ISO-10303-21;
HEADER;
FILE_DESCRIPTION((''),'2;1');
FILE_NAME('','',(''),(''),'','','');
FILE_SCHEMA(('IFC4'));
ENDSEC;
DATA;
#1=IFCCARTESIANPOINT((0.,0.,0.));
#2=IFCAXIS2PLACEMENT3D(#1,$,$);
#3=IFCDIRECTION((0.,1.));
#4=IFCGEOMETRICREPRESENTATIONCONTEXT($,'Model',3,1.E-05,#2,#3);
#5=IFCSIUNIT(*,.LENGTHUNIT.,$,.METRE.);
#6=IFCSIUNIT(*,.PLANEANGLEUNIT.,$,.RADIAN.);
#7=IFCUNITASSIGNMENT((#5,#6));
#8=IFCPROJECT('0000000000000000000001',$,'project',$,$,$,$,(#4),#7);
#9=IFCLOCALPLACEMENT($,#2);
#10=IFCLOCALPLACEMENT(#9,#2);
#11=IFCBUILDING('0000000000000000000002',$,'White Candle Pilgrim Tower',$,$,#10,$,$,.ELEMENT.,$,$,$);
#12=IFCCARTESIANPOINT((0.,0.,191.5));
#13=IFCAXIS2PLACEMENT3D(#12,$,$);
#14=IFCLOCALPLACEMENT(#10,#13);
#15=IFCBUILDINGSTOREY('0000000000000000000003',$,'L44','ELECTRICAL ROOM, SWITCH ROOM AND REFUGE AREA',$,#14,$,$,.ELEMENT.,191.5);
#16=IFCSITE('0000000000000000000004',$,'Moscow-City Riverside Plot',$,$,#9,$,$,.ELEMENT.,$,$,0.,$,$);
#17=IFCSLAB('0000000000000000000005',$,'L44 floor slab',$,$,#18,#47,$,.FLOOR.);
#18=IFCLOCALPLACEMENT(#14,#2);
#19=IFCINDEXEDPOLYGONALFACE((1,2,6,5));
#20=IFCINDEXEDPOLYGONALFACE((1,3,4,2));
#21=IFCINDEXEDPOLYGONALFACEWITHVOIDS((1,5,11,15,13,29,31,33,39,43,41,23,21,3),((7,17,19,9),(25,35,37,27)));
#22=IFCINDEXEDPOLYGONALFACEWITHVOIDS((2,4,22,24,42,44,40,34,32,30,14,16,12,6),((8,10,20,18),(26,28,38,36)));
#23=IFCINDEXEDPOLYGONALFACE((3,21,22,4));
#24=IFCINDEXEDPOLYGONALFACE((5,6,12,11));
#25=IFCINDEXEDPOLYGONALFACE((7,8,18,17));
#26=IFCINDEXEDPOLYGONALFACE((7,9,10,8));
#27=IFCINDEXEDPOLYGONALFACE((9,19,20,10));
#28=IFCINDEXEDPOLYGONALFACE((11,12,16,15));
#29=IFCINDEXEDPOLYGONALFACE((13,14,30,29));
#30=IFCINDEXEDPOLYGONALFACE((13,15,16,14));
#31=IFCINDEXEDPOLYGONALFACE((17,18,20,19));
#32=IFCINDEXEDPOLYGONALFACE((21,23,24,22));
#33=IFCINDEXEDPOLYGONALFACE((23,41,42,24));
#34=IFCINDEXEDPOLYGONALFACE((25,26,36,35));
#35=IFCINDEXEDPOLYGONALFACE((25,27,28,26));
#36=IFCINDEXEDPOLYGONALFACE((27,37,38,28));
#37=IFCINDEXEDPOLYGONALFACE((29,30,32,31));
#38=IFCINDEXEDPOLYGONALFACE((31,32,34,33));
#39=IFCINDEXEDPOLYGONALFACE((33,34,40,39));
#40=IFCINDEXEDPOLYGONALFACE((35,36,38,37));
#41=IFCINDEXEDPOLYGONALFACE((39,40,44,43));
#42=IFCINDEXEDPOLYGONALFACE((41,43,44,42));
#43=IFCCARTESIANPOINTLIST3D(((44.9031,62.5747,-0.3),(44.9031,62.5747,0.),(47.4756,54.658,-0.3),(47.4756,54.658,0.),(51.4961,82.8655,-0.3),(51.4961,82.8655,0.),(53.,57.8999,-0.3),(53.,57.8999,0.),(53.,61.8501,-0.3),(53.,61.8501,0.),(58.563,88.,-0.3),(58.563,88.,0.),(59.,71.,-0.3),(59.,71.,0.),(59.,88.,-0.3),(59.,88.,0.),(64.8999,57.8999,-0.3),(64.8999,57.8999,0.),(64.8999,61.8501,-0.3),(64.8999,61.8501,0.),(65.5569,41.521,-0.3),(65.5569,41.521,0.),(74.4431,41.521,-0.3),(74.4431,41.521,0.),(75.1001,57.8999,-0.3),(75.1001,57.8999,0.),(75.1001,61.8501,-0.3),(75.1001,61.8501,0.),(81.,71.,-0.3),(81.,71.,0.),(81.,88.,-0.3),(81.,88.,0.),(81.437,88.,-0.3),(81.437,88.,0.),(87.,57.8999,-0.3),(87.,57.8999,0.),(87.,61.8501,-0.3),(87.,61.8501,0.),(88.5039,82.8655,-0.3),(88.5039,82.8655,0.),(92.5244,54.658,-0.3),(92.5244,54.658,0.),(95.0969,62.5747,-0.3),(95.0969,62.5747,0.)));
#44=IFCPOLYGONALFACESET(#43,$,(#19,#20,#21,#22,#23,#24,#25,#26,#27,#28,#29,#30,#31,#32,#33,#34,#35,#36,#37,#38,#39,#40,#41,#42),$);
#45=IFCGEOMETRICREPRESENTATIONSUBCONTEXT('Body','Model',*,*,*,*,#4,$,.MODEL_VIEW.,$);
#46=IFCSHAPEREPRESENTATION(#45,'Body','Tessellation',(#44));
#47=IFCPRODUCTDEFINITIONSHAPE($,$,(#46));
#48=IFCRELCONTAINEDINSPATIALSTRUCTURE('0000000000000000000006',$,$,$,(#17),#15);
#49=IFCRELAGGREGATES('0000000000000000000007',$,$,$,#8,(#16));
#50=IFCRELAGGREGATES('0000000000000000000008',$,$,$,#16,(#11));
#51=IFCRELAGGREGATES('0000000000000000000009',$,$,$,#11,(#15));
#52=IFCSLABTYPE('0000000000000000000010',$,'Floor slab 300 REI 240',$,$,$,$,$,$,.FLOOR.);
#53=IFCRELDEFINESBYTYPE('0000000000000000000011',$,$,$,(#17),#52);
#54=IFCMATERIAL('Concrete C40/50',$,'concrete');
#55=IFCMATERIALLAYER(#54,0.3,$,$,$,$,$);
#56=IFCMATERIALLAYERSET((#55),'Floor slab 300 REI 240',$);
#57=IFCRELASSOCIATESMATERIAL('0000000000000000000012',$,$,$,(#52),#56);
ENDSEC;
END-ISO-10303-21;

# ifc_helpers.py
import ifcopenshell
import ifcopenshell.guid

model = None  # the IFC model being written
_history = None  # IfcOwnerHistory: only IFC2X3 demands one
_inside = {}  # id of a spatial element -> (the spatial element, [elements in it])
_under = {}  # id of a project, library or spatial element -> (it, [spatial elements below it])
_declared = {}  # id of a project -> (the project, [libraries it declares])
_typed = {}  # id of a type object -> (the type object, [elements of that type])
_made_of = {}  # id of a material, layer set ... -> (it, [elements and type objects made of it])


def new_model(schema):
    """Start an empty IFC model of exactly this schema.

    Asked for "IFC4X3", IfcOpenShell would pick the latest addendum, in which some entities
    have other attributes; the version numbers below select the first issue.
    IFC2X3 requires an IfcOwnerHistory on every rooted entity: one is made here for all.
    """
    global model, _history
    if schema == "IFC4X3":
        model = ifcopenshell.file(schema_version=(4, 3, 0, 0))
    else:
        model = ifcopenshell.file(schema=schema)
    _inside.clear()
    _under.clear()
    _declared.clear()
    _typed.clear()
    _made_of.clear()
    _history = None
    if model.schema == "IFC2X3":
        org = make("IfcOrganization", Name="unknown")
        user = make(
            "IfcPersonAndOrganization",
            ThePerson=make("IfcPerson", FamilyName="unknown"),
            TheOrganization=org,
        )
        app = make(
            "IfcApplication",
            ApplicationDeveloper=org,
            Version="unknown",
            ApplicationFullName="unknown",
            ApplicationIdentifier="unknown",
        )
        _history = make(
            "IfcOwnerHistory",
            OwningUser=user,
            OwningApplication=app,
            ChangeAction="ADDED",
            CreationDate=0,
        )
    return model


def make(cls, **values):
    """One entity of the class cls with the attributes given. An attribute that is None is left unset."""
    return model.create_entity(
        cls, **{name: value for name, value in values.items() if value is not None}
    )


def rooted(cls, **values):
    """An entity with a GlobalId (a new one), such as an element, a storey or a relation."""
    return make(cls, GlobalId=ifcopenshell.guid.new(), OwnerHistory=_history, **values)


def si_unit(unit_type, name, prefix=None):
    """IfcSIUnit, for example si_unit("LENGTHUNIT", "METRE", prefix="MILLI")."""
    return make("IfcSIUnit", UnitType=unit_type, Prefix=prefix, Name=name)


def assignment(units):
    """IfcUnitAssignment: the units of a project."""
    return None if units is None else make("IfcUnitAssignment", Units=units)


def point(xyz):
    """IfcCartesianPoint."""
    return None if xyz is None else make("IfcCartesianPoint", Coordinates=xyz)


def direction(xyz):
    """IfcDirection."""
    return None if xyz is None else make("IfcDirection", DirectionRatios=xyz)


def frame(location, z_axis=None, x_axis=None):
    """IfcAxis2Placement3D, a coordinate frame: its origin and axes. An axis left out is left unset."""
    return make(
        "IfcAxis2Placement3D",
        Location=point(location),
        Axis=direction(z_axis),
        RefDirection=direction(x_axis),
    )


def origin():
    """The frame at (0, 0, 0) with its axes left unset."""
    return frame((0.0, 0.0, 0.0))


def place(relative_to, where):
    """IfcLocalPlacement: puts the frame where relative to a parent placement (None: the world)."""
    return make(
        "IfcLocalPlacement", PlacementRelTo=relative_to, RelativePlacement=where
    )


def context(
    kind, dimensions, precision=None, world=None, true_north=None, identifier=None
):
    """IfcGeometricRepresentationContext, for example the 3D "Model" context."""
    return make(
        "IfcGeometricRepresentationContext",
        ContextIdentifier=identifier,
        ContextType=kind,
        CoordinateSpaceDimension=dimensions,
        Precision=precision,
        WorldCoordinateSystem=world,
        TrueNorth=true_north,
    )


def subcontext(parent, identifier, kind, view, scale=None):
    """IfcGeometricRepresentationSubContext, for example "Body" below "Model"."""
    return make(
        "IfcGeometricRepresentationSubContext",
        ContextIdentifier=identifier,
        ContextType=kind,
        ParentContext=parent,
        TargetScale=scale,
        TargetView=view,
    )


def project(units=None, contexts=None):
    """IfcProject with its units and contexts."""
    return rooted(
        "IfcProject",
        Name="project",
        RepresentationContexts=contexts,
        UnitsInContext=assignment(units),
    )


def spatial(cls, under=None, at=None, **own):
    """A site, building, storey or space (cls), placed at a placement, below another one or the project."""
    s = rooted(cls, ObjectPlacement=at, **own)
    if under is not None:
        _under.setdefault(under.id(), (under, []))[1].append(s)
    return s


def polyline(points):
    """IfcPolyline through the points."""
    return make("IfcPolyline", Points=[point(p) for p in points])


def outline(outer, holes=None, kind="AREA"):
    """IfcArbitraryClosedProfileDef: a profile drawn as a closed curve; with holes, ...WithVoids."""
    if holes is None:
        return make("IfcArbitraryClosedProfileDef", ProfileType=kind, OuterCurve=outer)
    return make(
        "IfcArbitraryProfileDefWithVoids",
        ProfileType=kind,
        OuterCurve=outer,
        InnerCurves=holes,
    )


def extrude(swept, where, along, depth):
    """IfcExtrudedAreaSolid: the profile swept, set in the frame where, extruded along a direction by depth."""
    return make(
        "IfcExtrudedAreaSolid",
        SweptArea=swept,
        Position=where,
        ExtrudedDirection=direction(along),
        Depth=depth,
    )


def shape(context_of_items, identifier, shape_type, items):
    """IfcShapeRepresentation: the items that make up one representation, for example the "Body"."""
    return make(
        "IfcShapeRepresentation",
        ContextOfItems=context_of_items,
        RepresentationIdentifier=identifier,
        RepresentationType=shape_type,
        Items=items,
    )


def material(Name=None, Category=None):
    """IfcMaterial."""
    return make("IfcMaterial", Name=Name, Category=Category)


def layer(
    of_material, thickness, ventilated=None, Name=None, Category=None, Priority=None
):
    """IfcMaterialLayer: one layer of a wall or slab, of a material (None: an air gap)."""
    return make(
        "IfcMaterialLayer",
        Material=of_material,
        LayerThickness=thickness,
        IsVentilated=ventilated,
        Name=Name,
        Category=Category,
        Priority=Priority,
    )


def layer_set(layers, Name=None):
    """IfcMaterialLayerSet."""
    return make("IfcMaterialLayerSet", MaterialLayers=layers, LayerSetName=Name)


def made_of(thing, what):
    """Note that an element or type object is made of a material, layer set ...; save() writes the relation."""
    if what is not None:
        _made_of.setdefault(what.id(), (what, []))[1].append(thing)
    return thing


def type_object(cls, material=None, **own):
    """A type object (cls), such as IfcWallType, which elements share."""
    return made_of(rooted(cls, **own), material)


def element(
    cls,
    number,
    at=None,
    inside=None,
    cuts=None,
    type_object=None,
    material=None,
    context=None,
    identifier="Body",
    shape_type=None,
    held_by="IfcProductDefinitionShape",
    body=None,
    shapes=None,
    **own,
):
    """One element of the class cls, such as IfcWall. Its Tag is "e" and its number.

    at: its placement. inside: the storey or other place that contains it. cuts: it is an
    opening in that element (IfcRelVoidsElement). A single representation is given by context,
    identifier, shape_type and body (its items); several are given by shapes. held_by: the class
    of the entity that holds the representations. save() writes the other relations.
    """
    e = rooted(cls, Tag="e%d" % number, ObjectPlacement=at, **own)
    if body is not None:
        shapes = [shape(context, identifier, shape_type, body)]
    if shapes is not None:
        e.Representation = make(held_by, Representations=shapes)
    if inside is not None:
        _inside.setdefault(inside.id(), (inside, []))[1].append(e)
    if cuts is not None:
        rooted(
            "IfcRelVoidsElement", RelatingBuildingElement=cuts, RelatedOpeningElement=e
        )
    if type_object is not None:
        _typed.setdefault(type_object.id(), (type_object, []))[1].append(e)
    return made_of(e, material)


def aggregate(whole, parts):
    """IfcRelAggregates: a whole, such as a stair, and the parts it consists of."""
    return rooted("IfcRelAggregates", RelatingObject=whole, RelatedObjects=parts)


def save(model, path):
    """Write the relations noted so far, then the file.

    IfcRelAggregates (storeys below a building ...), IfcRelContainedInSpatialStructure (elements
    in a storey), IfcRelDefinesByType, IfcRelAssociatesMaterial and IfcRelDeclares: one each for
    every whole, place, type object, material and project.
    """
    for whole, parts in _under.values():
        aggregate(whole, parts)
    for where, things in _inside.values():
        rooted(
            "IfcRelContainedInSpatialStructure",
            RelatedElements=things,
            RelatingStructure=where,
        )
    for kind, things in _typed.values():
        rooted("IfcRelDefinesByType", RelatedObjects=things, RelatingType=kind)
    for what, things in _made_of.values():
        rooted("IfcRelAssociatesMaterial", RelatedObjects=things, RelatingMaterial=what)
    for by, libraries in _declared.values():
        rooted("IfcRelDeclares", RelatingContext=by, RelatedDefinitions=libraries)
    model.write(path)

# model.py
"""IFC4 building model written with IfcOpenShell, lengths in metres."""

from ifc_helpers import new_model, si_unit, direction, frame, origin, place, context, subcontext, project, spatial, polyline, outline, extrude, material, layer, layer_set, type_object, element, save


model = new_model("IFC4")

# Units and contexts
model_context = context("Model", 3, precision=1e-05, world=origin(), true_north=direction((0.0, 1.0)))
body_context = subcontext(model_context, "Body", "Model", "MODEL_VIEW")
ifc_project = project(units=[si_unit("LENGTHUNIT", "METRE"), si_unit("PLANEANGLEUNIT", "RADIAN")], contexts=[model_context])

# Site, building, storey
site_placement = place(None, origin())
site = spatial("IfcSite", under=ifc_project, at=site_placement, Name="Moscow-City Riverside Plot", CompositionType="ELEMENT", RefElevation=0.0)
building_placement = place(site_placement, origin())
building = spatial("IfcBuilding", under=site, at=building_placement, Name="White Candle Pilgrim Tower", CompositionType="ELEMENT")
storey_placement = place(building_placement, frame((0.0, 0.0, 191.5)))
storey = spatial("IfcBuildingStorey", under=building, at=storey_placement, Name="L44", Description="ELECTRICAL ROOM, SWITCH ROOM AND REFUGE AREA", CompositionType="ELEMENT", Elevation=191.5)

# Slab
ifc_material_1 = material(Name="Concrete C40/50", Category="concrete")
ifc_layer_1 = layer(ifc_material_1, 0.3)
ifc_layer_set_1 = layer_set([ifc_layer_1], Name="Floor slab 300 REI 240")
slab_type_1 = type_object("IfcSlabType", Name="Floor slab 300 REI 240", PredefinedType="FLOOR", material=ifc_layer_set_1)
slab_1_placement = place(storey_placement, frame((0.0, 0.0, -0.3)))
element("IfcSlab", 1, at=slab_1_placement, inside=storey, type_object=slab_type_1, Name="L44 floor slab", PredefinedType="FLOOR", context=body_context, shape_type="SweptSolid", body=[
    extrude(outline(polyline([(65.5569, 41.521), (74.4431, 41.521), (92.5244, 54.658), (95.0969, 62.5747), (88.5039, 82.8655), (81.437, 88.0), (81.0, 88.0), (81.0, 71.0), (59.0, 71.0), (59.0, 88.0), (58.563, 88.0), (51.4961, 82.8655), (44.9031, 62.5747), (47.4756, 54.658), (65.5569, 41.521)]), holes=[polyline([(53.0, 57.8999), (53.0, 61.8501), (64.8999, 61.8501), (64.8999, 57.8999), (53.0, 57.8999)]), polyline([(75.1001, 57.8999), (75.1001, 61.8501), (87.0, 61.8501), (87.0, 57.8999), (75.1001, 57.8999)])]), origin(), (0.0, 0.0, 1.0), 0.3),
])

save(model, "model.ifc")
